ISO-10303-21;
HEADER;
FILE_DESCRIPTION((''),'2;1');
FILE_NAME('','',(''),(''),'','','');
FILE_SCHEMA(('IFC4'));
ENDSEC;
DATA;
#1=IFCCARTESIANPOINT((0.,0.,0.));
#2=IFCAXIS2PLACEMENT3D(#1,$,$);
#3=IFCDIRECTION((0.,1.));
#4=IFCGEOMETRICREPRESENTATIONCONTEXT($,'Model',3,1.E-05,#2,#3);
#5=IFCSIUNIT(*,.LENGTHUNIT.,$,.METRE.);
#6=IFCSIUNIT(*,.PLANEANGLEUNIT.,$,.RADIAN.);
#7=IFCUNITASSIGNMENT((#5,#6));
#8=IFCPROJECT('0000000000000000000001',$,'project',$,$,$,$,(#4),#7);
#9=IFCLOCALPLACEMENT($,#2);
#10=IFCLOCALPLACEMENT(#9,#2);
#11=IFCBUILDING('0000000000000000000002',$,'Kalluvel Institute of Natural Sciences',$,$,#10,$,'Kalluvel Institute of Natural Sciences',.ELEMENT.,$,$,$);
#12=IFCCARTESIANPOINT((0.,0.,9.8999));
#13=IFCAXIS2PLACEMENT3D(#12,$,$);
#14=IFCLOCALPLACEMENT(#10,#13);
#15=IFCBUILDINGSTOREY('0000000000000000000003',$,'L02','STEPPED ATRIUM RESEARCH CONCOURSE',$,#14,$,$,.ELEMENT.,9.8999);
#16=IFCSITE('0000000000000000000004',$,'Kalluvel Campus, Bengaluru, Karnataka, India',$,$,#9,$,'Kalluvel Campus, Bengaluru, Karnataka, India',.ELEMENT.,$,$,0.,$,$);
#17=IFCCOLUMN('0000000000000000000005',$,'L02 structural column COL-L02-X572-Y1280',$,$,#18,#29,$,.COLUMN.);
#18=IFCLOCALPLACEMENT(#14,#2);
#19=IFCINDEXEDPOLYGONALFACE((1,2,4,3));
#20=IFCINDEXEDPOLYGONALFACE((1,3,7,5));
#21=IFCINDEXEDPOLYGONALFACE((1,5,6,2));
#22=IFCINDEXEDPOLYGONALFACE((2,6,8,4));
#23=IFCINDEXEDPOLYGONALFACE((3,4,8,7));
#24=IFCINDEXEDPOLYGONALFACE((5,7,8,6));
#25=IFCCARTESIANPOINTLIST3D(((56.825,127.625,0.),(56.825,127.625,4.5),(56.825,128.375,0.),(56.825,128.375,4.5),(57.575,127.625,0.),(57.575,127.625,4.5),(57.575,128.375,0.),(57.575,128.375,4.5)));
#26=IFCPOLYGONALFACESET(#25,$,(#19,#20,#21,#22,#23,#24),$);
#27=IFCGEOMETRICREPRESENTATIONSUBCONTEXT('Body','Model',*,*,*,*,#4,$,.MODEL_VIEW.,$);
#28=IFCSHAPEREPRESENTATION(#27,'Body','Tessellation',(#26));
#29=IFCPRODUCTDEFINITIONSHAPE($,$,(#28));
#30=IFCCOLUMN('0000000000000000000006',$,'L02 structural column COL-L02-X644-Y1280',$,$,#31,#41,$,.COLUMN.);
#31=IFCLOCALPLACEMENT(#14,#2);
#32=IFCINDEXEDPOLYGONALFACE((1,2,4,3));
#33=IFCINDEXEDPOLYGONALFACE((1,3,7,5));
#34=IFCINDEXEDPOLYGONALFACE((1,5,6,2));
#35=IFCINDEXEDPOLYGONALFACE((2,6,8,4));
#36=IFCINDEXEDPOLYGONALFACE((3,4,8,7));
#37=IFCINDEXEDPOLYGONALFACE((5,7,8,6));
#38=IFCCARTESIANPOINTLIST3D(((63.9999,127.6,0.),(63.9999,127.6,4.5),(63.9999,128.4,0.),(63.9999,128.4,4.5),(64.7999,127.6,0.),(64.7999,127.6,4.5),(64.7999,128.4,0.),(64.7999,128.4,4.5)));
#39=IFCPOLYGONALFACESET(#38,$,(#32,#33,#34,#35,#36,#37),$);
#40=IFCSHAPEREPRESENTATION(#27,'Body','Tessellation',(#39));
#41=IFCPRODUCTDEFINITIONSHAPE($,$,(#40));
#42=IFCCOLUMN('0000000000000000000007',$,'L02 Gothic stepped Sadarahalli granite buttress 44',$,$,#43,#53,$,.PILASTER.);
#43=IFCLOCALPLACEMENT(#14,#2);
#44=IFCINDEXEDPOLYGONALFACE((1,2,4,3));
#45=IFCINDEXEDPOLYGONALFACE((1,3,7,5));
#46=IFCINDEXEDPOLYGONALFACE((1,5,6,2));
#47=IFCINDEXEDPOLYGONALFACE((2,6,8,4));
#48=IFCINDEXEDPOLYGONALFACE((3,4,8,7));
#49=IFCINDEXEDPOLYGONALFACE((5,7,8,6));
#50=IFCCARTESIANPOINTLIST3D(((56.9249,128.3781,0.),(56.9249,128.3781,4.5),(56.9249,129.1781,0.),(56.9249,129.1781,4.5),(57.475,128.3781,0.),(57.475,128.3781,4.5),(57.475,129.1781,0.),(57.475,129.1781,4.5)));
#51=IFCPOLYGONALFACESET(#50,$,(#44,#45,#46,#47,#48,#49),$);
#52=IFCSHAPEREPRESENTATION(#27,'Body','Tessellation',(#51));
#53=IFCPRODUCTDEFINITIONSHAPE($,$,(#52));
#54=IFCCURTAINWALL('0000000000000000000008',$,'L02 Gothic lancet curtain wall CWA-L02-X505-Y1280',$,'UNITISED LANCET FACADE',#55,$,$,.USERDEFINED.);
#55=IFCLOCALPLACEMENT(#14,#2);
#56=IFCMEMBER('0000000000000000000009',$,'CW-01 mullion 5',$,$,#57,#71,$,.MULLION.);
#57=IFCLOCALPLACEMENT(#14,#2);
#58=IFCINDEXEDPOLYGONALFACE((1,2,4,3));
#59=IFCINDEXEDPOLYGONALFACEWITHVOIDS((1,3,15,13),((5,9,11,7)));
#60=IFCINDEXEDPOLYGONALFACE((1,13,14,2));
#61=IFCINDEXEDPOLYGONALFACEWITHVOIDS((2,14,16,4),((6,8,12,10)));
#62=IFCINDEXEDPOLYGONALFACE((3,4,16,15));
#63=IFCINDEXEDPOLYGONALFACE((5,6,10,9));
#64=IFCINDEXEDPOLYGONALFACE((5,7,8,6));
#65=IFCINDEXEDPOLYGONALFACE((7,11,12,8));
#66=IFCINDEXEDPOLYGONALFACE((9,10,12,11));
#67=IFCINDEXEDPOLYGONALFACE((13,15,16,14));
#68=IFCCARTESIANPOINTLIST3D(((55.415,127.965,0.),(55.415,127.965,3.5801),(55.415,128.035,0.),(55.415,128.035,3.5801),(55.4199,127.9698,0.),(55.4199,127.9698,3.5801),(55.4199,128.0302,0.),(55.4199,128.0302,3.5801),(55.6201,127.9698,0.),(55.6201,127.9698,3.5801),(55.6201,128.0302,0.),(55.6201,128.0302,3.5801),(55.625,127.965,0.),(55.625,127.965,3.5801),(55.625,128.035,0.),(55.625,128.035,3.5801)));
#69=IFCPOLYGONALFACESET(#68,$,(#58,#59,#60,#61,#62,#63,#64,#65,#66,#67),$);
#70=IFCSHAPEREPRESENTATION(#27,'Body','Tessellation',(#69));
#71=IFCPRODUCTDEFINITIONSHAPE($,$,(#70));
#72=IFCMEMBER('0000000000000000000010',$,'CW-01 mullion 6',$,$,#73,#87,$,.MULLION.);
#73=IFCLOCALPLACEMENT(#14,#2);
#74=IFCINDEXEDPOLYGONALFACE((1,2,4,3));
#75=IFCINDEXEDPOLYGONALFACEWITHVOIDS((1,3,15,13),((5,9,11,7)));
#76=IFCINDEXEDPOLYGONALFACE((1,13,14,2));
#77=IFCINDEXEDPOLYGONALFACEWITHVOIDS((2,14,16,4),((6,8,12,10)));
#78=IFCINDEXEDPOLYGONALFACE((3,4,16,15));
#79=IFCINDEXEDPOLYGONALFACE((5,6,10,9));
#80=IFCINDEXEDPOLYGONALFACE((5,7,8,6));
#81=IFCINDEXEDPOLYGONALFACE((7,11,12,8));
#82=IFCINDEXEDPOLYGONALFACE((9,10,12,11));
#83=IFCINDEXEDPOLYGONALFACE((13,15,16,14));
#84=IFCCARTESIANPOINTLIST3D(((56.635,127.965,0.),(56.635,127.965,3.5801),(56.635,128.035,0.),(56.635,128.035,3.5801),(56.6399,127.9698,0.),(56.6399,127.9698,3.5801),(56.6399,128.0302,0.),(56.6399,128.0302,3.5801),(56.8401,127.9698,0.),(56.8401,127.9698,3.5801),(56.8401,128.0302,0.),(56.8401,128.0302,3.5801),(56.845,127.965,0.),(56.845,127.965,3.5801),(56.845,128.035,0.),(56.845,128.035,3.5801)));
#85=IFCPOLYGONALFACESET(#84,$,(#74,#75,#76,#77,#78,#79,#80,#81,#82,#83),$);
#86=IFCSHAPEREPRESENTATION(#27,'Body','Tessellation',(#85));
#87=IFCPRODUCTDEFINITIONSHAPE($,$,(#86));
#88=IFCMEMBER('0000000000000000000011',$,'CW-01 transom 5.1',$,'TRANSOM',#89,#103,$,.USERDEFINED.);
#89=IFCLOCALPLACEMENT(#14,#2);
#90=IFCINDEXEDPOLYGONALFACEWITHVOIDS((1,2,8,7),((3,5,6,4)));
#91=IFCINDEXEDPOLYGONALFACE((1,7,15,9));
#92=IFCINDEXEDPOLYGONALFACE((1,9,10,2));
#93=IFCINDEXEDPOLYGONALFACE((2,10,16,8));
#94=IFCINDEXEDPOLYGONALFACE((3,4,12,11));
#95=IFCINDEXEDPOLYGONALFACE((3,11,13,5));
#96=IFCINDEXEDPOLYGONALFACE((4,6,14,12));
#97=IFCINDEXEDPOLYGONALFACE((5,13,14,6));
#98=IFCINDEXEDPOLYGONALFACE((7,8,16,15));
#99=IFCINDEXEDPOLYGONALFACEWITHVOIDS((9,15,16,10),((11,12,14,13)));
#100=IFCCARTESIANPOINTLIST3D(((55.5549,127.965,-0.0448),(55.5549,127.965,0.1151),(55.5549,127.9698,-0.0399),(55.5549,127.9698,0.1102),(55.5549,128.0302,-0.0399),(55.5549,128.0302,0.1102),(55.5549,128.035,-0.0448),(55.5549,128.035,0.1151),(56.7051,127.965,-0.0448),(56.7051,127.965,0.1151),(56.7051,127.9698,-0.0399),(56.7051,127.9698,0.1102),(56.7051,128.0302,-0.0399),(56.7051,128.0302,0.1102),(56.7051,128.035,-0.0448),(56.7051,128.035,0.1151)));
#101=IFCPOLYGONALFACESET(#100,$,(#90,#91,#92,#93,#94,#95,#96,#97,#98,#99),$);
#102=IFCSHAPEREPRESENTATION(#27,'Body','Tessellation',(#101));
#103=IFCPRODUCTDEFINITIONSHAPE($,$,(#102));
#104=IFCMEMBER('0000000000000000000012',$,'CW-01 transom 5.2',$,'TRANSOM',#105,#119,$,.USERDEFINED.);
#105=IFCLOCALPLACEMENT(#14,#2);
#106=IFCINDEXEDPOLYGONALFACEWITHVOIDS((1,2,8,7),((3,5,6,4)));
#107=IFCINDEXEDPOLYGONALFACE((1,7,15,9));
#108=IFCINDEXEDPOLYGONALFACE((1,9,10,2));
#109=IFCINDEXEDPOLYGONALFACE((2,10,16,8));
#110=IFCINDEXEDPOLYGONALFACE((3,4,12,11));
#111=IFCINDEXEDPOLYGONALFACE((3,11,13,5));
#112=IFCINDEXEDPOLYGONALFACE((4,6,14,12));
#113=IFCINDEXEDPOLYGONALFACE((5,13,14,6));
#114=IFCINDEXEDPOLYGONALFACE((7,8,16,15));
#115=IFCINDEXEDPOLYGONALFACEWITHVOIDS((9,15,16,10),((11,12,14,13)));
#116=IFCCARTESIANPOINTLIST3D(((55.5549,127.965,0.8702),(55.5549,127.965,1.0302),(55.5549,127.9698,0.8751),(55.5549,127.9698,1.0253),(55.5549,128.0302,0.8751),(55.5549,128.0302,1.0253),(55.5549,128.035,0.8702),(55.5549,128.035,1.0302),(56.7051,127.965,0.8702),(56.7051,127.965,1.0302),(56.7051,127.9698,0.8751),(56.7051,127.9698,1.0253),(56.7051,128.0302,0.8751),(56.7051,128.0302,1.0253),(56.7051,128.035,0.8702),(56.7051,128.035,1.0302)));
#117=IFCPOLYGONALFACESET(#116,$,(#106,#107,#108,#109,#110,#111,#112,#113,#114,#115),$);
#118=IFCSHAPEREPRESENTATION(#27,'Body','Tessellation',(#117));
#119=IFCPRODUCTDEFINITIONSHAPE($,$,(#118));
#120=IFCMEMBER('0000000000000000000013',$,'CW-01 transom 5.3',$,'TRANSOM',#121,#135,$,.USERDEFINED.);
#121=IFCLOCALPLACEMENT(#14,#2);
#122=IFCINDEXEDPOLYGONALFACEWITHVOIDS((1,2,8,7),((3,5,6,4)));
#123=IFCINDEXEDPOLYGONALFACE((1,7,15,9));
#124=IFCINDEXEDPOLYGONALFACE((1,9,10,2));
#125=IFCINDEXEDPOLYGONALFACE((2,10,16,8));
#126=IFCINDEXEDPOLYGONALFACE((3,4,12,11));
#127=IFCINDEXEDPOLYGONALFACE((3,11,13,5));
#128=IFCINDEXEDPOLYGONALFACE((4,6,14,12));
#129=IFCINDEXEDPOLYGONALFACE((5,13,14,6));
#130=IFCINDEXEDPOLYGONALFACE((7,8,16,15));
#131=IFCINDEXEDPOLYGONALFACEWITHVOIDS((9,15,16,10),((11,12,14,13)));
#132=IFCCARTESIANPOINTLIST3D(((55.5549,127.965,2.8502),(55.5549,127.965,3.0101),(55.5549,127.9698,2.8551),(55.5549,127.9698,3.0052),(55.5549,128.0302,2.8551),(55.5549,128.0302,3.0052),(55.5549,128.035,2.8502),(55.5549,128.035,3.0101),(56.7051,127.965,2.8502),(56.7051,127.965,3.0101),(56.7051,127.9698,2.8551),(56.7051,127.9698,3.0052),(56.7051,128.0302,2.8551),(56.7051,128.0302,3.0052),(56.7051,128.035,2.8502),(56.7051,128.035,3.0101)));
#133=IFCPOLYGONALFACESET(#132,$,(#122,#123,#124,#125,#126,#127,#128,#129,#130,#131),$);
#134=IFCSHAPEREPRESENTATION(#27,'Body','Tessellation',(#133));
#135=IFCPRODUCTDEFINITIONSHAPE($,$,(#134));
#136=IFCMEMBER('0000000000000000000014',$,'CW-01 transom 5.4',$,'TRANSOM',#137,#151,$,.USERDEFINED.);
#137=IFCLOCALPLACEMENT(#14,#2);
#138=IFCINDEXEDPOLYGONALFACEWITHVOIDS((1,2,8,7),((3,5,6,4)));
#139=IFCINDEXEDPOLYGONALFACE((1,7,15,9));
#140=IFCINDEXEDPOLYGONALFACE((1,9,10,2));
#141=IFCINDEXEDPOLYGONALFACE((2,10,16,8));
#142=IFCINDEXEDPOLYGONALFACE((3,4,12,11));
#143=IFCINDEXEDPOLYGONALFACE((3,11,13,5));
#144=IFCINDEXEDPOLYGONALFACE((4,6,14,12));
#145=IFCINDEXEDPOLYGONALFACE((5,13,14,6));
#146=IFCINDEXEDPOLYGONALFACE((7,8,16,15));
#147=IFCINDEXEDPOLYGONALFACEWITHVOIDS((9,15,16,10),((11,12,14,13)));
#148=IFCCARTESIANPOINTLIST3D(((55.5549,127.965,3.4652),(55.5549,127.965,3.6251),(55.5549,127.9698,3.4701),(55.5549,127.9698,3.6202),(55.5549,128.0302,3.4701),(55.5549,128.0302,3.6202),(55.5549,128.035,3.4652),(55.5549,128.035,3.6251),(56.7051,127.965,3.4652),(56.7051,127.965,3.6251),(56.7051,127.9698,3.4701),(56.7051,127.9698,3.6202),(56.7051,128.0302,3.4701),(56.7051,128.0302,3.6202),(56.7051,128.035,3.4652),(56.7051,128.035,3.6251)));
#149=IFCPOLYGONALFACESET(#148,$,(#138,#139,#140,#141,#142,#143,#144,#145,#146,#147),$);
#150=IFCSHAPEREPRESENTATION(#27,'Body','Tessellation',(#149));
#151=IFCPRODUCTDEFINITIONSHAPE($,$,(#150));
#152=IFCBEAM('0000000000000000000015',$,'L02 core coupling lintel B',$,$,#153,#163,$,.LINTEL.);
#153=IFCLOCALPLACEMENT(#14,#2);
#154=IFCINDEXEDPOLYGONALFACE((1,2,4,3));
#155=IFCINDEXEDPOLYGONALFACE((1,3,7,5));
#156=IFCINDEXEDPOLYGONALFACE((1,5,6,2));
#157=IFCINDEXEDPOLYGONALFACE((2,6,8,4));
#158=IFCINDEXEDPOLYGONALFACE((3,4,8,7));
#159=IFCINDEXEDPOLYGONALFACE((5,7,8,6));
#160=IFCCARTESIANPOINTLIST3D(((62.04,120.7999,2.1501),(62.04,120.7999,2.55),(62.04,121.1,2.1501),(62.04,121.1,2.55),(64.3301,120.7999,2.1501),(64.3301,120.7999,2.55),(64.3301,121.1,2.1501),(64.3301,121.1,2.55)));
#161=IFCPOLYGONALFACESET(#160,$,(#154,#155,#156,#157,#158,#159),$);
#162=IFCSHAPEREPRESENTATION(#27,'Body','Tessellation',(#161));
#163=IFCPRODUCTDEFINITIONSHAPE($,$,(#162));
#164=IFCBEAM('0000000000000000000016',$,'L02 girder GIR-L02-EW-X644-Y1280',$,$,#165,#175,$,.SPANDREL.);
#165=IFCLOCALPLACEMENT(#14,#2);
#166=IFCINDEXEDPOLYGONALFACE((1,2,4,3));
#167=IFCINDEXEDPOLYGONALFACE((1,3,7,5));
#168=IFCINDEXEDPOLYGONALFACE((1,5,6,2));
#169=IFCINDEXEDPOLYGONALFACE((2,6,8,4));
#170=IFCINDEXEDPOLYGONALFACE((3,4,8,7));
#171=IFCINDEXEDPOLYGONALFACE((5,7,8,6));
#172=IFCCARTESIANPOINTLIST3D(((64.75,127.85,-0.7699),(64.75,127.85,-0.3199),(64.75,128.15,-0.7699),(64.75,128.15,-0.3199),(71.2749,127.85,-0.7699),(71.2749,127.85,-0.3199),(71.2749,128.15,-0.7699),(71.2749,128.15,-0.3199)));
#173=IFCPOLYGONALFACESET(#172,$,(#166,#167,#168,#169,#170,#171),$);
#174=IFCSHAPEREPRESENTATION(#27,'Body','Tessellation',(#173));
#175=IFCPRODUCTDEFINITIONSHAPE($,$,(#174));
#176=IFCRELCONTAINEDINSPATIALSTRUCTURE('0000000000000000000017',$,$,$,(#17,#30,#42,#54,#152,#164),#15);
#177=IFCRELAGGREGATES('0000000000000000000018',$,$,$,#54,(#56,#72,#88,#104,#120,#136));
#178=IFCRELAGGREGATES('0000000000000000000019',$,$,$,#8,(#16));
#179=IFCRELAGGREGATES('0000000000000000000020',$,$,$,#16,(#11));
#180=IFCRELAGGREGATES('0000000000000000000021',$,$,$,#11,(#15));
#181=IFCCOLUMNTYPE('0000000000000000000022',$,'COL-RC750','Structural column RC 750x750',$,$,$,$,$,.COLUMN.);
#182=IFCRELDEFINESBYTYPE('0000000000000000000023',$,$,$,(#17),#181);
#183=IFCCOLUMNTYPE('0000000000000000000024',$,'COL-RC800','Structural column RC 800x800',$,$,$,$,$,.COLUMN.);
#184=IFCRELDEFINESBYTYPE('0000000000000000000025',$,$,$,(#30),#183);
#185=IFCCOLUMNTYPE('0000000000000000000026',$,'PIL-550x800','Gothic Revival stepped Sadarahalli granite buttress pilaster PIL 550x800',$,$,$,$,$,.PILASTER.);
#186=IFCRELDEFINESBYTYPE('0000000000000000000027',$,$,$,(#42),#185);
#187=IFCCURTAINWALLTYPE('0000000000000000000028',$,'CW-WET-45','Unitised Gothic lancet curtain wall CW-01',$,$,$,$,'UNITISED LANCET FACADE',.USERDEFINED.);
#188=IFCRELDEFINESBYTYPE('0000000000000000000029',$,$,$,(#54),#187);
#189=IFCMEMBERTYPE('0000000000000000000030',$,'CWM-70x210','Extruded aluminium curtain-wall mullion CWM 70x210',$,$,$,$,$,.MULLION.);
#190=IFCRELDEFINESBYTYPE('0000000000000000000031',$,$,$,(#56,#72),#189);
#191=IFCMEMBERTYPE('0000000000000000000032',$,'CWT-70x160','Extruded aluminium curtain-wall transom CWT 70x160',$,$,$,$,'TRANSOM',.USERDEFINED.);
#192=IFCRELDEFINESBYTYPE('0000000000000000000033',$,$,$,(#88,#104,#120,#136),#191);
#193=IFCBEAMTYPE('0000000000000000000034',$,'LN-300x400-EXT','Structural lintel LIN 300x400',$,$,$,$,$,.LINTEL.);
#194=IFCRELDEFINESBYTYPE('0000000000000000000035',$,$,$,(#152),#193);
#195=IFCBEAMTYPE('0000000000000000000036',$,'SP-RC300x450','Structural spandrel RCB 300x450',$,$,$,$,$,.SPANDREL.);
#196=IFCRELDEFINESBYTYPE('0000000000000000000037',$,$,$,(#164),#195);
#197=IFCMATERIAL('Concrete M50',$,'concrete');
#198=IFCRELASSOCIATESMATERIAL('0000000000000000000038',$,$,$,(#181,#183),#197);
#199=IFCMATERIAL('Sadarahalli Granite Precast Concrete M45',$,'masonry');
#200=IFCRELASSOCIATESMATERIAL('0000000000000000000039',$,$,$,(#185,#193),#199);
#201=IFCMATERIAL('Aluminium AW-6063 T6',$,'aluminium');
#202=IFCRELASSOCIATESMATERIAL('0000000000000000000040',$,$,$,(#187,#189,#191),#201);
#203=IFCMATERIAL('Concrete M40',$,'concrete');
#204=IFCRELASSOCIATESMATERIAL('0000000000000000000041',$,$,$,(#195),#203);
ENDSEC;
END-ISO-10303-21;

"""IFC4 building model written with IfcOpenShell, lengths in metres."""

from ifc_helpers import new_model, si_unit, direction, frame, origin, origin_2d, place, context, subcontext, project, spatial, rectangle, hollow_rectangle, extrude, material, material_profile, profile_set, type_object, element, aggregate, save


model = new_model("IFC4")

# Units and contexts
model_context = context("Model", 3, precision=1e-05, world=origin(), true_north=direction((0.0, 1.0)))
body_context = subcontext(model_context, "Body", "Model", "MODEL_VIEW")
ifc_project = project(units=[si_unit("LENGTHUNIT", "METRE"), si_unit("PLANEANGLEUNIT", "RADIAN")], contexts=[model_context])

# Site, building, storey
site_placement = place(None, origin())
site = spatial("IfcSite", under=ifc_project, at=site_placement, Name="Kalluvel Campus, Bengaluru, Karnataka, India", LongName="Kalluvel Campus, Bengaluru, Karnataka, India", CompositionType="ELEMENT", RefElevation=0.0)
building_placement = place(site_placement, origin())
building = spatial("IfcBuilding", under=site, at=building_placement, Name="Kalluvel Institute of Natural Sciences", LongName="Kalluvel Institute of Natural Sciences", CompositionType="ELEMENT")
storey_placement = place(building_placement, frame((0.0, 0.0, 9.8999)))
storey = spatial("IfcBuildingStorey", under=building, at=storey_placement, Name="L02", Description="STEPPED ATRIUM RESEARCH CONCOURSE", CompositionType="ELEMENT", Elevation=9.8999)

# Columns
ifc_material_1 = material(Name="Concrete M50", Category="concrete")
ifc_material_profile_1 = material_profile(ifc_material_1, rectangle(XDim=0.75, YDim=0.75, at=origin_2d()), Name="RC 750x750")
ifc_profile_set_1 = profile_set([ifc_material_profile_1], Name="Concrete M50")
column_type_1 = type_object("IfcColumnType", Name="COL-RC750", Description="Structural column RC 750x750", PredefinedType="COLUMN", material=ifc_profile_set_1)
column_1_placement = place(storey_placement, frame((57.2, 128.0, 0.0), z_axis=(0.0, 0.0, 1.0), x_axis=(1.0, 0.0, 0.0)))
element("IfcColumn", 1, at=column_1_placement, inside=storey, type_object=column_type_1, Name="L02 structural column COL-L02-X572-Y1280", PredefinedType="COLUMN", context=body_context, shape_type="SweptSolid", body=[
    extrude(rectangle(XDim=0.75, YDim=0.75, at=origin_2d()), origin(), (0.0, 0.0, 1.0), 4.5),
])
ifc_material_profile_2 = material_profile(ifc_material_1, rectangle(XDim=0.8, YDim=0.8, at=origin_2d()), Name="RC 800x800")
ifc_profile_set_2 = profile_set([ifc_material_profile_2], Name="Concrete M50")
column_type_2 = type_object("IfcColumnType", Name="COL-RC800", Description="Structural column RC 800x800", PredefinedType="COLUMN", material=ifc_profile_set_2)
column_2_placement = place(storey_placement, frame((64.3999, 128.0, 0.0), z_axis=(0.0, 0.0, 1.0), x_axis=(1.0, 0.0, 0.0)))
element("IfcColumn", 2, at=column_2_placement, inside=storey, type_object=column_type_2, Name="L02 structural column COL-L02-X644-Y1280", PredefinedType="COLUMN", context=body_context, shape_type="SweptSolid", body=[
    extrude(rectangle(XDim=0.8, YDim=0.8, at=origin_2d()), origin(), (0.0, 0.0, 1.0), 4.5),
])
ifc_material_2 = material(Name="Sadarahalli Granite Precast Concrete M45", Category="masonry")
ifc_material_profile_3 = material_profile(ifc_material_2, rectangle(XDim=0.55, YDim=0.8, at=origin_2d()), Name="PIL 550x800")
ifc_profile_set_3 = profile_set([ifc_material_profile_3], Name="Sadarahalli Granite Precast Concrete M45")
column_type_3 = type_object("IfcColumnType", Name="PIL-550x800", Description="Gothic Revival stepped Sadarahalli granite buttress pilaster PIL 550x800", PredefinedType="PILASTER", material=ifc_profile_set_3)
column_3_placement = place(storey_placement, frame((57.2, 128.7781, 0.0), z_axis=(0.0, 0.0, 1.0), x_axis=(1.0, 0.0, 0.0)))
element("IfcColumn", 3, at=column_3_placement, inside=storey, type_object=column_type_3, Name="L02 Gothic stepped Sadarahalli granite buttress 44", PredefinedType="PILASTER", context=body_context, shape_type="SweptSolid", body=[
    extrude(rectangle(XDim=0.55, YDim=0.8, at=origin_2d()), origin(), (0.0, 0.0, 1.0), 4.5),
])

# Curtain wall, members
ifc_material_3 = material(Name="Aluminium AW-6063 T6", Category="aluminium")
curtain_wall_type = type_object("IfcCurtainWallType", Name="CW-WET-45", Description="Unitised Gothic lancet curtain wall CW-01", ElementType="UNITISED LANCET FACADE", PredefinedType="USERDEFINED", material=ifc_material_3)
curtain_wall_placement = place(storey_placement, origin())
curtain_wall = element("IfcCurtainWall", 4, at=curtain_wall_placement, inside=storey, type_object=curtain_wall_type, Name="L02 Gothic lancet curtain wall CWA-L02-X505-Y1280", ObjectType="UNITISED LANCET FACADE", PredefinedType="USERDEFINED")
ifc_material_profile_4 = material_profile(ifc_material_3, hollow_rectangle(XDim=0.0701, YDim=0.21, WallThickness=0.0049, at=origin_2d()), Name="CWM 70x210")
ifc_profile_set_4 = profile_set([ifc_material_profile_4], Name="Aluminium AW-6063 T6")
member_type_1 = type_object("IfcMemberType", Name="CWM-70x210", Description="Extruded aluminium curtain-wall mullion CWM 70x210", PredefinedType="MULLION", material=ifc_profile_set_4)
member_1_placement = place(storey_placement, frame((55.52, 128.0, 0.0), z_axis=(0.0, 0.0, 1.0), x_axis=(0.0, 1.0, 0.0)))
member_1 = element("IfcMember", 5, at=member_1_placement, type_object=member_type_1, Name="CW-01 mullion 5", PredefinedType="MULLION", context=body_context, shape_type="SweptSolid", body=[
    extrude(hollow_rectangle(XDim=0.0701, YDim=0.21, WallThickness=0.0049, at=origin_2d()), origin(), (0.0, 0.0, 1.0), 3.5801),
])
member_2_placement = place(storey_placement, frame((56.74, 128.0, 0.0), z_axis=(0.0, 0.0, 1.0), x_axis=(0.0, 1.0, 0.0)))
member_2 = element("IfcMember", 6, at=member_2_placement, type_object=member_type_1, Name="CW-01 mullion 6", PredefinedType="MULLION", context=body_context, shape_type="SweptSolid", body=[
    extrude(hollow_rectangle(XDim=0.0701, YDim=0.21, WallThickness=0.0049, at=origin_2d()), origin(), (0.0, 0.0, 1.0), 3.5801),
])
ifc_material_profile_5 = material_profile(ifc_material_3, hollow_rectangle(XDim=0.0701, YDim=0.1599, WallThickness=0.0049, at=origin_2d()), Name="CWT 70x160")
ifc_profile_set_5 = profile_set([ifc_material_profile_5], Name="Aluminium AW-6063 T6")
member_type_2 = type_object("IfcMemberType", Name="CWT-70x160", Description="Extruded aluminium curtain-wall transom CWT 70x160", ElementType="TRANSOM", PredefinedType="USERDEFINED", material=ifc_profile_set_5)
member_3_placement = place(storey_placement, frame((55.5549, 128.0, 0.0352), z_axis=(1.0, 0.0, 0.0), x_axis=(0.0, 1.0, 0.0)))
member_3 = element("IfcMember", 7, at=member_3_placement, type_object=member_type_2, Name="CW-01 transom 5.1", ObjectType="TRANSOM", PredefinedType="USERDEFINED", context=body_context, shape_type="SweptSolid", body=[
    extrude(hollow_rectangle(XDim=0.0701, YDim=0.1599, WallThickness=0.0049, at=origin_2d()), origin(), (0.0, 0.0, 1.0), 1.1501),
])
member_4_placement = place(storey_placement, frame((55.5549, 128.0, 0.9502), z_axis=(1.0, 0.0, 0.0), x_axis=(0.0, 1.0, 0.0)))
member_4 = element("IfcMember", 8, at=member_4_placement, type_object=member_type_2, Name="CW-01 transom 5.2", ObjectType="TRANSOM", PredefinedType="USERDEFINED", context=body_context, shape_type="SweptSolid", body=[
    extrude(hollow_rectangle(XDim=0.0701, YDim=0.1599, WallThickness=0.0049, at=origin_2d()), origin(), (0.0, 0.0, 1.0), 1.1501),
])
member_5_placement = place(storey_placement, frame((55.5549, 128.0, 2.9302), z_axis=(1.0, 0.0, 0.0), x_axis=(0.0, 1.0, 0.0)))
member_5 = element("IfcMember", 9, at=member_5_placement, type_object=member_type_2, Name="CW-01 transom 5.3", ObjectType="TRANSOM", PredefinedType="USERDEFINED", context=body_context, shape_type="SweptSolid", body=[
    extrude(hollow_rectangle(XDim=0.0701, YDim=0.1599, WallThickness=0.0049, at=origin_2d()), origin(), (0.0, 0.0, 1.0), 1.1501),
])
member_6_placement = place(storey_placement, frame((55.5549, 128.0, 3.5452), z_axis=(1.0, 0.0, 0.0), x_axis=(0.0, 1.0, 0.0)))
member_6 = element("IfcMember", 10, at=member_6_placement, type_object=member_type_2, Name="CW-01 transom 5.4", ObjectType="TRANSOM", PredefinedType="USERDEFINED", context=body_context, shape_type="SweptSolid", body=[
    extrude(hollow_rectangle(XDim=0.0701, YDim=0.1599, WallThickness=0.0049, at=origin_2d()), origin(), (0.0, 0.0, 1.0), 1.1501),
])

# Beams
ifc_material_profile_6 = material_profile(ifc_material_2, rectangle(XDim=0.3, YDim=0.3999, at=origin_2d()), Name="LIN 300x400")
ifc_profile_set_6 = profile_set([ifc_material_profile_6], Name="Sadarahalli Granite Precast Concrete M45")
beam_type_1 = type_object("IfcBeamType", Name="LN-300x400-EXT", Description="Structural lintel LIN 300x400", PredefinedType="LINTEL", material=ifc_profile_set_6)
beam_1_placement = place(storey_placement, frame((62.04, 120.95, 2.3501), z_axis=(1.0, 0.0, 0.0), x_axis=(0.0, 1.0, 0.0)))
element("IfcBeam", 11, at=beam_1_placement, inside=storey, type_object=beam_type_1, Name="L02 core coupling lintel B", PredefinedType="LINTEL", context=body_context, shape_type="SweptSolid", body=[
    extrude(rectangle(XDim=0.3, YDim=0.3999, at=origin_2d()), origin(), (0.0, 0.0, 1.0), 2.29),
])
ifc_material_4 = material(Name="Concrete M40", Category="concrete")
ifc_material_profile_7 = material_profile(ifc_material_4, rectangle(XDim=0.3, YDim=0.45, at=origin_2d()), Name="RCB 300x450")
ifc_profile_set_7 = profile_set([ifc_material_profile_7], Name="Concrete M40")
beam_type_2 = type_object("IfcBeamType", Name="SP-RC300x450", Description="Structural spandrel RCB 300x450", PredefinedType="SPANDREL", material=ifc_profile_set_7)
beam_2_placement = place(storey_placement, frame((64.75, 128.0, -0.5449), z_axis=(1.0, 0.0, 0.0), x_axis=(0.0, 1.0, 0.0)))
element("IfcBeam", 12, at=beam_2_placement, inside=storey, type_object=beam_type_2, Name="L02 girder GIR-L02-EW-X644-Y1280", PredefinedType="SPANDREL", context=body_context, shape_type="SweptSolid", body=[
    extrude(rectangle(XDim=0.3, YDim=0.45, at=origin_2d()), origin(), (0.0, 0.0, 1.0), 6.5249),
])

aggregate(curtain_wall, [member_1, member_2, member_3, member_4, member_5, member_6])

save(model, "model.ifc")
